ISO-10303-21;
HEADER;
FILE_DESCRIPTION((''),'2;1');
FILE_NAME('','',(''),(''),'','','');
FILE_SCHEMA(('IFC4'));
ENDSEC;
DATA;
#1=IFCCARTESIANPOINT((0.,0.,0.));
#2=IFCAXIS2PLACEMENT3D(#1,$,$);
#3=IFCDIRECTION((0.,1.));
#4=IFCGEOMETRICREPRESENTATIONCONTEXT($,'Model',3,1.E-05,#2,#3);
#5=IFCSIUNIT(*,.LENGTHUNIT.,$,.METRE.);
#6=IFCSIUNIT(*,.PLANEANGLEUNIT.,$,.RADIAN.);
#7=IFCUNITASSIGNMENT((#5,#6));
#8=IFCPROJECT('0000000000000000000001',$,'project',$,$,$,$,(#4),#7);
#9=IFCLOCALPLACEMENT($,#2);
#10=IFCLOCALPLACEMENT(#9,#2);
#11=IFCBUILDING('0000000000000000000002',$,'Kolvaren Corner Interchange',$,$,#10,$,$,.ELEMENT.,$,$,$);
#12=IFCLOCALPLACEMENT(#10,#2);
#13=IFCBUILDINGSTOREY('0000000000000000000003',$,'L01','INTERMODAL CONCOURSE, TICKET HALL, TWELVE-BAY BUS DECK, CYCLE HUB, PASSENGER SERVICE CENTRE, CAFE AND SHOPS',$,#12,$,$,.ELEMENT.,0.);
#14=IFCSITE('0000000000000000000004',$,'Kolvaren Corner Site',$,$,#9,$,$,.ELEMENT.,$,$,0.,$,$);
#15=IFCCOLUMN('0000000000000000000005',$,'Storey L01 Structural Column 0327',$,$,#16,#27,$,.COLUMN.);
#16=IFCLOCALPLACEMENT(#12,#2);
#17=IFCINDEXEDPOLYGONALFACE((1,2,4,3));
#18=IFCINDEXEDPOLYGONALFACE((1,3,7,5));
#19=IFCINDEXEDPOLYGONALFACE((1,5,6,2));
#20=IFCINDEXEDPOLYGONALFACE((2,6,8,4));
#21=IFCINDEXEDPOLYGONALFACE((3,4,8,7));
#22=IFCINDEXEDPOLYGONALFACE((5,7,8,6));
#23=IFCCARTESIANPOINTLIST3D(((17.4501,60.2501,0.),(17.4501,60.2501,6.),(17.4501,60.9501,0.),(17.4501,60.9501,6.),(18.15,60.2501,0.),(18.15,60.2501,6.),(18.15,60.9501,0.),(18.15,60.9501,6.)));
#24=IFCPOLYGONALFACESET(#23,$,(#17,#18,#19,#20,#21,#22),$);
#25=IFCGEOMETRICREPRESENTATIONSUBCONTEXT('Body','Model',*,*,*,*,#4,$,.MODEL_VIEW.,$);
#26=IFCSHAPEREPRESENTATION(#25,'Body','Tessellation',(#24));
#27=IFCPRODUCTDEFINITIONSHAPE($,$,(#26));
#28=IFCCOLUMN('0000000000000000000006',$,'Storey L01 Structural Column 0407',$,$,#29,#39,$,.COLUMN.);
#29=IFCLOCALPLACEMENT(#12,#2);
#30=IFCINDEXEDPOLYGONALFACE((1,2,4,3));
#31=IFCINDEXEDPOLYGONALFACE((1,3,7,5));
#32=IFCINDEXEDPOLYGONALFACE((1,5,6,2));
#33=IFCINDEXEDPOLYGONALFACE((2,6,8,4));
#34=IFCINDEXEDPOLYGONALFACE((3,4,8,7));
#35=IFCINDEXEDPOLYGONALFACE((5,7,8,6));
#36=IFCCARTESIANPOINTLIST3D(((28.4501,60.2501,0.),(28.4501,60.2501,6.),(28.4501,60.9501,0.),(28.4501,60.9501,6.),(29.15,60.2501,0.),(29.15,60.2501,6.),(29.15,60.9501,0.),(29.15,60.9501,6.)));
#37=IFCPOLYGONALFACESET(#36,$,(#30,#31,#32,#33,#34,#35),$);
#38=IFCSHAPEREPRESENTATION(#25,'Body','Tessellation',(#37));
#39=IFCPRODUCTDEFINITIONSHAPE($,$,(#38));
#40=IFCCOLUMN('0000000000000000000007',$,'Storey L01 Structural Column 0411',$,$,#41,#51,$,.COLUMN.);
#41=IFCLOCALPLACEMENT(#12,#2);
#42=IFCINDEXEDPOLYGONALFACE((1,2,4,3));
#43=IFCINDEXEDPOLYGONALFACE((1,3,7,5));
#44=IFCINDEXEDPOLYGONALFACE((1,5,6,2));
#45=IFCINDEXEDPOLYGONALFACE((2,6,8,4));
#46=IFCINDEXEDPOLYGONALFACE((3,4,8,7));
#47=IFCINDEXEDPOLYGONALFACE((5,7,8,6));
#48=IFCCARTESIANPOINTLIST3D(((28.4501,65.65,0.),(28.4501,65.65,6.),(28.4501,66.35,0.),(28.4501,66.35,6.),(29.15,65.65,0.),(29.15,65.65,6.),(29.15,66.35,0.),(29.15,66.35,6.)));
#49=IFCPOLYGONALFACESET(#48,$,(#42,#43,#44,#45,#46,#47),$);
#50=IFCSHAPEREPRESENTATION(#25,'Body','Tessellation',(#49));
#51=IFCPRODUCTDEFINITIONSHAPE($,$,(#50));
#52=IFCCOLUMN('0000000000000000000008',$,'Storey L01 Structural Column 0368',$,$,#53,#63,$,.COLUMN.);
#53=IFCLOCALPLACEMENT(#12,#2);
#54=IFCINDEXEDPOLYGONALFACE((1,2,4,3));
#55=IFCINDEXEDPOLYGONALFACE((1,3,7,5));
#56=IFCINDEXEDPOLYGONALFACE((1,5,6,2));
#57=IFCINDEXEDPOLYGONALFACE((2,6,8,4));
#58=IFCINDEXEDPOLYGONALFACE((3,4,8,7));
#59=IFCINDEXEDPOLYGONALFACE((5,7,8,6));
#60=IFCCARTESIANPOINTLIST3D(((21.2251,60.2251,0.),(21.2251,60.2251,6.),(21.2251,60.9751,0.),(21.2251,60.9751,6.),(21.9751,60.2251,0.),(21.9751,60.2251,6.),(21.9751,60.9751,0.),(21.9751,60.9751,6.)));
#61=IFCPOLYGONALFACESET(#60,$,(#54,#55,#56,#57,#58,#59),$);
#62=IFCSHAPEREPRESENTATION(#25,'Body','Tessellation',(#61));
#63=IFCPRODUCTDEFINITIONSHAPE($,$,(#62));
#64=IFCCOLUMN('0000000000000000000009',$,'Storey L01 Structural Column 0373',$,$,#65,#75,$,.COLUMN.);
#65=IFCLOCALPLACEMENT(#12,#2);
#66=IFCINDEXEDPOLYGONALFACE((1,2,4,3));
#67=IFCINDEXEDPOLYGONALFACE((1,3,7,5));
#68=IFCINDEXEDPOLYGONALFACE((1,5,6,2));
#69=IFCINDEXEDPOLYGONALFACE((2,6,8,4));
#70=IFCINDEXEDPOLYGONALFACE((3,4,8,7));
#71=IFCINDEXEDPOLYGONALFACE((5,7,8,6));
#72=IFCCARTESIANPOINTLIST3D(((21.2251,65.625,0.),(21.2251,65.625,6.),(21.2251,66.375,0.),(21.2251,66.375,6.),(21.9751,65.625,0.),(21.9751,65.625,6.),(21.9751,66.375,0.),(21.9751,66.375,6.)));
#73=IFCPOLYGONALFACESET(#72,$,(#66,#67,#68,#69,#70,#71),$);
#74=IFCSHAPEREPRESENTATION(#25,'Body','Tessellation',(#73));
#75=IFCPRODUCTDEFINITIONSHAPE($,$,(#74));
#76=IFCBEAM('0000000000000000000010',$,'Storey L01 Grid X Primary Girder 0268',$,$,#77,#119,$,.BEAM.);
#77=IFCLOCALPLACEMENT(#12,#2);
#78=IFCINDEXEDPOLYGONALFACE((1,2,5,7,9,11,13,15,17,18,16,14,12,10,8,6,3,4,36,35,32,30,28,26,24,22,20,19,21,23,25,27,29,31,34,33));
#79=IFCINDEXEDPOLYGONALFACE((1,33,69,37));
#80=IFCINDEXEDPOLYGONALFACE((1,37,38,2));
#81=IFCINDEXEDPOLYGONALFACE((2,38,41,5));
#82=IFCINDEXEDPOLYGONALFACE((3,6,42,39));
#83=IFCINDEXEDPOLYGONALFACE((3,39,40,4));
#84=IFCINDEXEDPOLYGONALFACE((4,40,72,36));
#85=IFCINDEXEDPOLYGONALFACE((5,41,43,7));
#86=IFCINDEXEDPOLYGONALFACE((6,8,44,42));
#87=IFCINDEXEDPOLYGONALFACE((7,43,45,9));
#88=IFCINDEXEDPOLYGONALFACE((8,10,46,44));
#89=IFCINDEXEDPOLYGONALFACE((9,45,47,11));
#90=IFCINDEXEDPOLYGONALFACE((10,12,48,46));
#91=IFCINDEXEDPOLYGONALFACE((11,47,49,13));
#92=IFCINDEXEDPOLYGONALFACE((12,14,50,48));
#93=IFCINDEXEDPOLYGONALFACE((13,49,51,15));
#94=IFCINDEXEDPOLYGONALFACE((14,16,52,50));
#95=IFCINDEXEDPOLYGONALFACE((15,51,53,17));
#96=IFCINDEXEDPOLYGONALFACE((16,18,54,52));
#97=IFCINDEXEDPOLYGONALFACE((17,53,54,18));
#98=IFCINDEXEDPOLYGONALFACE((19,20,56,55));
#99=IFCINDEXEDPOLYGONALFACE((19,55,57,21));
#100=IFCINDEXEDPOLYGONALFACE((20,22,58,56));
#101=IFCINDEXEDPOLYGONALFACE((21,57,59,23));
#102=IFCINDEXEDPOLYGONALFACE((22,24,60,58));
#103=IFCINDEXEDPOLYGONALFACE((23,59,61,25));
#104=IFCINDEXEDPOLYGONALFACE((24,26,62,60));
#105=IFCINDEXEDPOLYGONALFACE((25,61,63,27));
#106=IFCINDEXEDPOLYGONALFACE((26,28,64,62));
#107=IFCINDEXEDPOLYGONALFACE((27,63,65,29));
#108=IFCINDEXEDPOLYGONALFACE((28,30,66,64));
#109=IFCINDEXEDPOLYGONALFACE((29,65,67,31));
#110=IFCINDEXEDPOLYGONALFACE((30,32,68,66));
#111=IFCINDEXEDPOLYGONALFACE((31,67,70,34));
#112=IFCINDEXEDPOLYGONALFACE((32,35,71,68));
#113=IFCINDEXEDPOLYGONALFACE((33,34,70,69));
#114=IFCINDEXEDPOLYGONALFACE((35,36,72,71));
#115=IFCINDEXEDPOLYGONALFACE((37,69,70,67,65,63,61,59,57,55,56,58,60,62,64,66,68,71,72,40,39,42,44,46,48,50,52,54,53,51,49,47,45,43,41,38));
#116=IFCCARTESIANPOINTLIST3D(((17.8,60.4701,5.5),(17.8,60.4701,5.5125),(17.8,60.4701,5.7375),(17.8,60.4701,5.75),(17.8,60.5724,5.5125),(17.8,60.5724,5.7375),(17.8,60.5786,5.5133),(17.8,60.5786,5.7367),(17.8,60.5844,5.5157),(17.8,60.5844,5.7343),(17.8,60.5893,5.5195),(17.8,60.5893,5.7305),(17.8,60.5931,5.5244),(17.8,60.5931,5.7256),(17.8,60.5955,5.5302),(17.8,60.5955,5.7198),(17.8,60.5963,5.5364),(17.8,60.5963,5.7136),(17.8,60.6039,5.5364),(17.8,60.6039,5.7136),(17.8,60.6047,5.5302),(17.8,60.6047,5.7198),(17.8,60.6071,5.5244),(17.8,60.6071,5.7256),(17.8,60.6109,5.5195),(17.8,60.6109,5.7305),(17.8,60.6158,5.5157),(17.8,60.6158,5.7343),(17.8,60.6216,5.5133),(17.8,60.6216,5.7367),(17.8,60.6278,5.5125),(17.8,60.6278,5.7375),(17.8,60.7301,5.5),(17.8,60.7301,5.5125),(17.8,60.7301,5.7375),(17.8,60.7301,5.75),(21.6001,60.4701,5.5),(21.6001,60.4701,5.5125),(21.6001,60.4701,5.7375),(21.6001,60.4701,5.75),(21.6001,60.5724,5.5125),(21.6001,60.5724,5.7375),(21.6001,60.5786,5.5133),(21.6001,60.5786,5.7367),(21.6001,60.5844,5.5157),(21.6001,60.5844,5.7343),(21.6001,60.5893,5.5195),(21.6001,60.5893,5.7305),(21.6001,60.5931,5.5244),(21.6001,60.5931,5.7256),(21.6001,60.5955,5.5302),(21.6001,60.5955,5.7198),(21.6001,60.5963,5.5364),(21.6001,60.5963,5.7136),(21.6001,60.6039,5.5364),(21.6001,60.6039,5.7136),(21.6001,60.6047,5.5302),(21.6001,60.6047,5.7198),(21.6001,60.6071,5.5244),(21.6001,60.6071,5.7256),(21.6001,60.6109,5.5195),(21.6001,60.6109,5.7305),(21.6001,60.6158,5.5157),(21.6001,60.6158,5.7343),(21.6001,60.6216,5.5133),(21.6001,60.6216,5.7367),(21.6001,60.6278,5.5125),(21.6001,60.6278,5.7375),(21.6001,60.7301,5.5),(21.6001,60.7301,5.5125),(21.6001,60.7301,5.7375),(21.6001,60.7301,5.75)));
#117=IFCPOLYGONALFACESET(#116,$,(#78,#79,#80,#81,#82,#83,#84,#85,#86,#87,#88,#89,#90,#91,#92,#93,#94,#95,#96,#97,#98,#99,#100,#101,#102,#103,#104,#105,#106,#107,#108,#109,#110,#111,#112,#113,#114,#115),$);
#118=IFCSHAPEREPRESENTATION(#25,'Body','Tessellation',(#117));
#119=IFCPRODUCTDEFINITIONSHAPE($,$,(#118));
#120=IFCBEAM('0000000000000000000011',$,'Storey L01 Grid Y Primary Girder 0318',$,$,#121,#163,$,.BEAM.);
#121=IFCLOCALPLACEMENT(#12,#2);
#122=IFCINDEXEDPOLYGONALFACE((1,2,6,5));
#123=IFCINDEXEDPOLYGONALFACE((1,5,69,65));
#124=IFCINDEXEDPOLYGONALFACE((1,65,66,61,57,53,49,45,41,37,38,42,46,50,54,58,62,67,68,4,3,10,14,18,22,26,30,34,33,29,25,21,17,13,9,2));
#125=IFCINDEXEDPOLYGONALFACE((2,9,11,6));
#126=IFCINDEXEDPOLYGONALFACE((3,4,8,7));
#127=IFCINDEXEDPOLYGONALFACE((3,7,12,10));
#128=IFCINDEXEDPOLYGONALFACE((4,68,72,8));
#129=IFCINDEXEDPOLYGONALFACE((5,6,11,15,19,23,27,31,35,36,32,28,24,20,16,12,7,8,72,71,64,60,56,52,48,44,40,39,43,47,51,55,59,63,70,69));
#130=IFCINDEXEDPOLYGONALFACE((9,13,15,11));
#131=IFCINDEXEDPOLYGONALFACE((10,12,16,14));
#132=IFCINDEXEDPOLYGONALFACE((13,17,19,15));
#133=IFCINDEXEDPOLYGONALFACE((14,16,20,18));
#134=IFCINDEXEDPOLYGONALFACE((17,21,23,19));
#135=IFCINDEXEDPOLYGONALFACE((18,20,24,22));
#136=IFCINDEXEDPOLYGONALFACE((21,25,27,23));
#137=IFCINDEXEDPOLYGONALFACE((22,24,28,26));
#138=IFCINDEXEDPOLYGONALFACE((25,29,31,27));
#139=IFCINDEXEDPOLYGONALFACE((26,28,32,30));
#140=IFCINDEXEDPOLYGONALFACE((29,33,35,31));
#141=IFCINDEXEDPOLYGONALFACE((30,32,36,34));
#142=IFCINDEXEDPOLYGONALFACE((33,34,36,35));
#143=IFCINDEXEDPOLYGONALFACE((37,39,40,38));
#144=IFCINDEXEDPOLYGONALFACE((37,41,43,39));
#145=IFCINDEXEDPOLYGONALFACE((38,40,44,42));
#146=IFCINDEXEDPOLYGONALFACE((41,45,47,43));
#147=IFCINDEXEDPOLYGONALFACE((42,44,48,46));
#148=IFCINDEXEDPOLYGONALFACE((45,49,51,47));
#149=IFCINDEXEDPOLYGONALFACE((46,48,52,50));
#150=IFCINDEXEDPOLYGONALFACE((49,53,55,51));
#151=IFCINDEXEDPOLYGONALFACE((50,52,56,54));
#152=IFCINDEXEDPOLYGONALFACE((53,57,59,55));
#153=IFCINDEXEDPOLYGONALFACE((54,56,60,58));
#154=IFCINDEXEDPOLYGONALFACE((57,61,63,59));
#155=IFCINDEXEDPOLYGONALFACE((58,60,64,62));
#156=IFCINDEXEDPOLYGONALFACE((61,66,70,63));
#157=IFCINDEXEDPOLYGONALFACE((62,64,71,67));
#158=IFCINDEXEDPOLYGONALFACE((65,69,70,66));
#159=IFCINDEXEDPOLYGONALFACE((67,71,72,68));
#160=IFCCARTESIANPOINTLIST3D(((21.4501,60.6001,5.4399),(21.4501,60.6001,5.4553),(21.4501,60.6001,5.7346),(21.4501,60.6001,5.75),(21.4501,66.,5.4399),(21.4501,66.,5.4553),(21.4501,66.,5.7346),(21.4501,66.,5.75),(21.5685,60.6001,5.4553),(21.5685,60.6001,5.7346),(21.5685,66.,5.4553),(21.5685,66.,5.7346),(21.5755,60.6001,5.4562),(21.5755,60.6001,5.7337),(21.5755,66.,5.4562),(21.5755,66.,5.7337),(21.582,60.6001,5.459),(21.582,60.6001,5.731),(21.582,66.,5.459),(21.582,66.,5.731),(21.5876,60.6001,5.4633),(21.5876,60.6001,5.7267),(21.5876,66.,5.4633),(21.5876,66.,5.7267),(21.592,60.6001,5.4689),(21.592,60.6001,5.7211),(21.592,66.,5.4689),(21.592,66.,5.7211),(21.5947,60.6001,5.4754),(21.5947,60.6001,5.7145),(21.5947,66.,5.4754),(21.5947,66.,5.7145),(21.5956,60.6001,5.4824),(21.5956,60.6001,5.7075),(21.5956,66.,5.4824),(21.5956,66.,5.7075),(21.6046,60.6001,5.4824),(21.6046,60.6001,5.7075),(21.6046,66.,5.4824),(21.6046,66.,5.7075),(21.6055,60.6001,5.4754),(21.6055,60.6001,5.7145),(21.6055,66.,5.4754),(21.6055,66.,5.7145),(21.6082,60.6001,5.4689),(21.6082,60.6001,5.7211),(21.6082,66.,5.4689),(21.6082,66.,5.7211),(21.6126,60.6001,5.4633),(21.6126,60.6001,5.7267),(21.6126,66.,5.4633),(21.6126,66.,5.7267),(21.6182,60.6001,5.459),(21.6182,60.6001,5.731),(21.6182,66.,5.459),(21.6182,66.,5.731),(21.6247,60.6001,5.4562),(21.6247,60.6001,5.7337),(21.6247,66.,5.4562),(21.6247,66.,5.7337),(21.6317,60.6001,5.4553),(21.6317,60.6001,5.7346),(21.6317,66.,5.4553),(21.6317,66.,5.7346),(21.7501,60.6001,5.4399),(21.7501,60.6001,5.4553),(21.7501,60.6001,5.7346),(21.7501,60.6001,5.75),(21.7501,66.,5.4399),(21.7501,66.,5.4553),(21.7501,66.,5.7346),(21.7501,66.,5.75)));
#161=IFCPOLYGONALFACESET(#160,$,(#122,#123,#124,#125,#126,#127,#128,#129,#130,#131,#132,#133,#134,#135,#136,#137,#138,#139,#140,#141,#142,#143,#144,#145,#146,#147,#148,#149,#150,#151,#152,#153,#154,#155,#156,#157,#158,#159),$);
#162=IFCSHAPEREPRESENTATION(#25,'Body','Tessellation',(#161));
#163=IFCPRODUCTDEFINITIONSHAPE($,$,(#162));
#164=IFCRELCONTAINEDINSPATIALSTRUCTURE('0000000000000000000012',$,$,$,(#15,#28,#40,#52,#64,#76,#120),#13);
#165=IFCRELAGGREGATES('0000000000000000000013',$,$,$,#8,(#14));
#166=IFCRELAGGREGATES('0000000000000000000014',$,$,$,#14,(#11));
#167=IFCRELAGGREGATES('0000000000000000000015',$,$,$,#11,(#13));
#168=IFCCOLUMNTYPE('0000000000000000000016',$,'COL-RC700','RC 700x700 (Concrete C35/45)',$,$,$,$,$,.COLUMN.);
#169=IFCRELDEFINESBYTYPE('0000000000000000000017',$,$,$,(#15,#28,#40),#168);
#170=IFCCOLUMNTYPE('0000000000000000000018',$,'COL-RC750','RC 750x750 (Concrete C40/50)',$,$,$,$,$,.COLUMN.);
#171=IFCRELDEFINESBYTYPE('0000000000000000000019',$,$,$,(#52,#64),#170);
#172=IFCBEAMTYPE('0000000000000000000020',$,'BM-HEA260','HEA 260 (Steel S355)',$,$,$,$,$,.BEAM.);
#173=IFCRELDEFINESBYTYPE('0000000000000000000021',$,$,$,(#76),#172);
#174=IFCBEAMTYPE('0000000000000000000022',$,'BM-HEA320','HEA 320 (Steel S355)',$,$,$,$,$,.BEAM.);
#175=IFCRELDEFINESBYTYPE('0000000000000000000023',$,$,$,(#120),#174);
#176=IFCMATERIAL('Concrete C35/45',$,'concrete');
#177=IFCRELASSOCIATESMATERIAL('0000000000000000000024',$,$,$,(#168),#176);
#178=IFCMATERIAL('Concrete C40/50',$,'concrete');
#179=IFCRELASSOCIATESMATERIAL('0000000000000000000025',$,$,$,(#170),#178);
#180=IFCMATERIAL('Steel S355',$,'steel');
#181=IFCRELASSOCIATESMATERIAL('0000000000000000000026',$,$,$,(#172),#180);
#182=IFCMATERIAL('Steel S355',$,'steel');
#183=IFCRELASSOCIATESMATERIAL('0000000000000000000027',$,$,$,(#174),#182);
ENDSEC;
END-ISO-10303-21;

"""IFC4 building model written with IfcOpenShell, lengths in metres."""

from ifc_helpers import new_model, si_unit, direction, frame, origin, origin_2d, place, context, subcontext, project, spatial, rectangle, i_section, extrude, material, material_profile, profile_set, type_object, element, save


model = new_model("IFC4")

# Units and contexts
model_context = context("Model", 3, precision=1e-05, world=origin(), true_north=direction((0.0, 1.0)))
body_context = subcontext(model_context, "Body", "Model", "MODEL_VIEW")
ifc_project = project(units=[si_unit("LENGTHUNIT", "METRE"), si_unit("PLANEANGLEUNIT", "RADIAN")], contexts=[model_context])

# Site, building, storey
site_placement = place(None, origin())
site = spatial("IfcSite", under=ifc_project, at=site_placement, Name="Kolvaren Corner Site", CompositionType="ELEMENT", RefElevation=0.0)
building_placement = place(site_placement, origin())
building = spatial("IfcBuilding", under=site, at=building_placement, Name="Kolvaren Corner Interchange", CompositionType="ELEMENT")
storey_placement = place(building_placement, origin())
storey = spatial("IfcBuildingStorey", under=building, at=storey_placement, Name="L01", Description="INTERMODAL CONCOURSE, TICKET HALL, TWELVE-BAY BUS DECK, CYCLE HUB, PASSENGER SERVICE CENTRE, CAFE AND SHOPS", CompositionType="ELEMENT", Elevation=0.0)

# Columns
ifc_material_1 = material(Name="Concrete C35/45", Category="concrete")
ifc_material_profile_1 = material_profile(ifc_material_1, rectangle(XDim=0.7, YDim=0.7, at=origin_2d()), Name="RC 700x700")
ifc_profile_set_1 = profile_set([ifc_material_profile_1], Name="Concrete C35/45")
column_type_1 = type_object("IfcColumnType", Name="COL-RC700", Description="RC 700x700 (Concrete C35/45)", PredefinedType="COLUMN", material=ifc_profile_set_1)
for number, where, z_axis, x_axis, name in (
    (1, (17.8, 60.6001, 0.0), (0.0, 0.0, 1.0), (1.0, 0.0, 0.0), "Storey L01 Structural Column 0327"),
    (2, (28.8, 60.6001, 0.0), (0.0, 0.0, 1.0), (1.0, 0.0, 0.0), "Storey L01 Structural Column 0407"),
    (3, (28.8, 66.0, 0.0), (0.0, 0.0, 1.0), (1.0, 0.0, 0.0), "Storey L01 Structural Column 0411"),
):
    element("IfcColumn", number, at=place(storey_placement, frame(where, z_axis=z_axis, x_axis=x_axis)), inside=storey, type_object=column_type_1, Name=name, PredefinedType="COLUMN", context=body_context, shape_type="SweptSolid", body=[
        extrude(rectangle(XDim=0.7, YDim=0.7, at=origin_2d()), origin(), (0.0, 0.0, 1.0), 6.0),
    ])
ifc_material_2 = material(Name="Concrete C40/50", Category="concrete")
ifc_material_profile_2 = material_profile(ifc_material_2, rectangle(XDim=0.75, YDim=0.75, at=origin_2d()), Name="RC 750x750")
ifc_profile_set_2 = profile_set([ifc_material_profile_2], Name="Concrete C40/50")
column_type_2 = type_object("IfcColumnType", Name="COL-RC750", Description="RC 750x750 (Concrete C40/50)", PredefinedType="COLUMN", material=ifc_profile_set_2)
for number, where, z_axis, x_axis, name in (
    (4, (21.6001, 60.6001, 0.0), (0.0, 0.0, 1.0), (1.0, 0.0, 0.0), "Storey L01 Structural Column 0368"),
    (5, (21.6001, 66.0, 0.0), (0.0, 0.0, 1.0), (1.0, 0.0, 0.0), "Storey L01 Structural Column 0373"),
):
    element("IfcColumn", number, at=place(storey_placement, frame(where, z_axis=z_axis, x_axis=x_axis)), inside=storey, type_object=column_type_2, Name=name, PredefinedType="COLUMN", context=body_context, shape_type="SweptSolid", body=[
        extrude(rectangle(XDim=0.75, YDim=0.75, at=origin_2d()), origin(), (0.0, 0.0, 1.0), 6.0),
    ])

# Beams
ifc_material_3 = material(Name="Steel S355", Category="steel")
ifc_material_profile_3 = material_profile(ifc_material_3, i_section(OverallWidth=0.26, OverallDepth=0.25, WebThickness=0.0076, FlangeThickness=0.0125, FilletRadius=0.0239, at=origin_2d()), Name="HEA 260")
ifc_profile_set_3 = profile_set([ifc_material_profile_3], Name="Steel S355")
beam_type_1 = type_object("IfcBeamType", Name="BM-HEA260", Description="HEA 260 (Steel S355)", PredefinedType="BEAM", material=ifc_profile_set_3)
beam_1_placement = place(storey_placement, frame((17.8, 60.6001, 5.625), z_axis=(1.0, 0.0, 0.0), x_axis=(0.0, 1.0, 0.0)))
element("IfcBeam", 6, at=beam_1_placement, inside=storey, type_object=beam_type_1, Name="Storey L01 Grid X Primary Girder 0268", PredefinedType="BEAM", context=body_context, shape_type="SweptSolid", body=[
    extrude(i_section(OverallWidth=0.26, OverallDepth=0.25, WebThickness=0.0076, FlangeThickness=0.0125, FilletRadius=0.0239, at=origin_2d()), origin(), (0.0, 0.0, 1.0), 3.8),
])
ifc_material_4 = material(Name="Steel S355", Category="steel")
ifc_material_profile_4 = material_profile(ifc_material_4, i_section(OverallWidth=0.3, OverallDepth=0.3101, WebThickness=0.009, FlangeThickness=0.0154, FilletRadius=0.0271, at=origin_2d()), Name="HEA 320")
ifc_profile_set_4 = profile_set([ifc_material_profile_4], Name="Steel S355")
beam_type_2 = type_object("IfcBeamType", Name="BM-HEA320", Description="HEA 320 (Steel S355)", PredefinedType="BEAM", material=ifc_profile_set_4)
beam_2_placement = place(storey_placement, frame((21.6001, 60.6001, 5.595), z_axis=(0.0, 1.0, 0.0), x_axis=(-1.0, 0.0, 0.0)))
element("IfcBeam", 7, at=beam_2_placement, inside=storey, type_object=beam_type_2, Name="Storey L01 Grid Y Primary Girder 0318", PredefinedType="BEAM", context=body_context, shape_type="SweptSolid", body=[
    extrude(i_section(OverallWidth=0.3, OverallDepth=0.3101, WebThickness=0.009, FlangeThickness=0.0154, FilletRadius=0.0271, at=origin_2d()), origin(), (0.0, 0.0, 1.0), 5.3999),
])

save(model, "model.ifc")
